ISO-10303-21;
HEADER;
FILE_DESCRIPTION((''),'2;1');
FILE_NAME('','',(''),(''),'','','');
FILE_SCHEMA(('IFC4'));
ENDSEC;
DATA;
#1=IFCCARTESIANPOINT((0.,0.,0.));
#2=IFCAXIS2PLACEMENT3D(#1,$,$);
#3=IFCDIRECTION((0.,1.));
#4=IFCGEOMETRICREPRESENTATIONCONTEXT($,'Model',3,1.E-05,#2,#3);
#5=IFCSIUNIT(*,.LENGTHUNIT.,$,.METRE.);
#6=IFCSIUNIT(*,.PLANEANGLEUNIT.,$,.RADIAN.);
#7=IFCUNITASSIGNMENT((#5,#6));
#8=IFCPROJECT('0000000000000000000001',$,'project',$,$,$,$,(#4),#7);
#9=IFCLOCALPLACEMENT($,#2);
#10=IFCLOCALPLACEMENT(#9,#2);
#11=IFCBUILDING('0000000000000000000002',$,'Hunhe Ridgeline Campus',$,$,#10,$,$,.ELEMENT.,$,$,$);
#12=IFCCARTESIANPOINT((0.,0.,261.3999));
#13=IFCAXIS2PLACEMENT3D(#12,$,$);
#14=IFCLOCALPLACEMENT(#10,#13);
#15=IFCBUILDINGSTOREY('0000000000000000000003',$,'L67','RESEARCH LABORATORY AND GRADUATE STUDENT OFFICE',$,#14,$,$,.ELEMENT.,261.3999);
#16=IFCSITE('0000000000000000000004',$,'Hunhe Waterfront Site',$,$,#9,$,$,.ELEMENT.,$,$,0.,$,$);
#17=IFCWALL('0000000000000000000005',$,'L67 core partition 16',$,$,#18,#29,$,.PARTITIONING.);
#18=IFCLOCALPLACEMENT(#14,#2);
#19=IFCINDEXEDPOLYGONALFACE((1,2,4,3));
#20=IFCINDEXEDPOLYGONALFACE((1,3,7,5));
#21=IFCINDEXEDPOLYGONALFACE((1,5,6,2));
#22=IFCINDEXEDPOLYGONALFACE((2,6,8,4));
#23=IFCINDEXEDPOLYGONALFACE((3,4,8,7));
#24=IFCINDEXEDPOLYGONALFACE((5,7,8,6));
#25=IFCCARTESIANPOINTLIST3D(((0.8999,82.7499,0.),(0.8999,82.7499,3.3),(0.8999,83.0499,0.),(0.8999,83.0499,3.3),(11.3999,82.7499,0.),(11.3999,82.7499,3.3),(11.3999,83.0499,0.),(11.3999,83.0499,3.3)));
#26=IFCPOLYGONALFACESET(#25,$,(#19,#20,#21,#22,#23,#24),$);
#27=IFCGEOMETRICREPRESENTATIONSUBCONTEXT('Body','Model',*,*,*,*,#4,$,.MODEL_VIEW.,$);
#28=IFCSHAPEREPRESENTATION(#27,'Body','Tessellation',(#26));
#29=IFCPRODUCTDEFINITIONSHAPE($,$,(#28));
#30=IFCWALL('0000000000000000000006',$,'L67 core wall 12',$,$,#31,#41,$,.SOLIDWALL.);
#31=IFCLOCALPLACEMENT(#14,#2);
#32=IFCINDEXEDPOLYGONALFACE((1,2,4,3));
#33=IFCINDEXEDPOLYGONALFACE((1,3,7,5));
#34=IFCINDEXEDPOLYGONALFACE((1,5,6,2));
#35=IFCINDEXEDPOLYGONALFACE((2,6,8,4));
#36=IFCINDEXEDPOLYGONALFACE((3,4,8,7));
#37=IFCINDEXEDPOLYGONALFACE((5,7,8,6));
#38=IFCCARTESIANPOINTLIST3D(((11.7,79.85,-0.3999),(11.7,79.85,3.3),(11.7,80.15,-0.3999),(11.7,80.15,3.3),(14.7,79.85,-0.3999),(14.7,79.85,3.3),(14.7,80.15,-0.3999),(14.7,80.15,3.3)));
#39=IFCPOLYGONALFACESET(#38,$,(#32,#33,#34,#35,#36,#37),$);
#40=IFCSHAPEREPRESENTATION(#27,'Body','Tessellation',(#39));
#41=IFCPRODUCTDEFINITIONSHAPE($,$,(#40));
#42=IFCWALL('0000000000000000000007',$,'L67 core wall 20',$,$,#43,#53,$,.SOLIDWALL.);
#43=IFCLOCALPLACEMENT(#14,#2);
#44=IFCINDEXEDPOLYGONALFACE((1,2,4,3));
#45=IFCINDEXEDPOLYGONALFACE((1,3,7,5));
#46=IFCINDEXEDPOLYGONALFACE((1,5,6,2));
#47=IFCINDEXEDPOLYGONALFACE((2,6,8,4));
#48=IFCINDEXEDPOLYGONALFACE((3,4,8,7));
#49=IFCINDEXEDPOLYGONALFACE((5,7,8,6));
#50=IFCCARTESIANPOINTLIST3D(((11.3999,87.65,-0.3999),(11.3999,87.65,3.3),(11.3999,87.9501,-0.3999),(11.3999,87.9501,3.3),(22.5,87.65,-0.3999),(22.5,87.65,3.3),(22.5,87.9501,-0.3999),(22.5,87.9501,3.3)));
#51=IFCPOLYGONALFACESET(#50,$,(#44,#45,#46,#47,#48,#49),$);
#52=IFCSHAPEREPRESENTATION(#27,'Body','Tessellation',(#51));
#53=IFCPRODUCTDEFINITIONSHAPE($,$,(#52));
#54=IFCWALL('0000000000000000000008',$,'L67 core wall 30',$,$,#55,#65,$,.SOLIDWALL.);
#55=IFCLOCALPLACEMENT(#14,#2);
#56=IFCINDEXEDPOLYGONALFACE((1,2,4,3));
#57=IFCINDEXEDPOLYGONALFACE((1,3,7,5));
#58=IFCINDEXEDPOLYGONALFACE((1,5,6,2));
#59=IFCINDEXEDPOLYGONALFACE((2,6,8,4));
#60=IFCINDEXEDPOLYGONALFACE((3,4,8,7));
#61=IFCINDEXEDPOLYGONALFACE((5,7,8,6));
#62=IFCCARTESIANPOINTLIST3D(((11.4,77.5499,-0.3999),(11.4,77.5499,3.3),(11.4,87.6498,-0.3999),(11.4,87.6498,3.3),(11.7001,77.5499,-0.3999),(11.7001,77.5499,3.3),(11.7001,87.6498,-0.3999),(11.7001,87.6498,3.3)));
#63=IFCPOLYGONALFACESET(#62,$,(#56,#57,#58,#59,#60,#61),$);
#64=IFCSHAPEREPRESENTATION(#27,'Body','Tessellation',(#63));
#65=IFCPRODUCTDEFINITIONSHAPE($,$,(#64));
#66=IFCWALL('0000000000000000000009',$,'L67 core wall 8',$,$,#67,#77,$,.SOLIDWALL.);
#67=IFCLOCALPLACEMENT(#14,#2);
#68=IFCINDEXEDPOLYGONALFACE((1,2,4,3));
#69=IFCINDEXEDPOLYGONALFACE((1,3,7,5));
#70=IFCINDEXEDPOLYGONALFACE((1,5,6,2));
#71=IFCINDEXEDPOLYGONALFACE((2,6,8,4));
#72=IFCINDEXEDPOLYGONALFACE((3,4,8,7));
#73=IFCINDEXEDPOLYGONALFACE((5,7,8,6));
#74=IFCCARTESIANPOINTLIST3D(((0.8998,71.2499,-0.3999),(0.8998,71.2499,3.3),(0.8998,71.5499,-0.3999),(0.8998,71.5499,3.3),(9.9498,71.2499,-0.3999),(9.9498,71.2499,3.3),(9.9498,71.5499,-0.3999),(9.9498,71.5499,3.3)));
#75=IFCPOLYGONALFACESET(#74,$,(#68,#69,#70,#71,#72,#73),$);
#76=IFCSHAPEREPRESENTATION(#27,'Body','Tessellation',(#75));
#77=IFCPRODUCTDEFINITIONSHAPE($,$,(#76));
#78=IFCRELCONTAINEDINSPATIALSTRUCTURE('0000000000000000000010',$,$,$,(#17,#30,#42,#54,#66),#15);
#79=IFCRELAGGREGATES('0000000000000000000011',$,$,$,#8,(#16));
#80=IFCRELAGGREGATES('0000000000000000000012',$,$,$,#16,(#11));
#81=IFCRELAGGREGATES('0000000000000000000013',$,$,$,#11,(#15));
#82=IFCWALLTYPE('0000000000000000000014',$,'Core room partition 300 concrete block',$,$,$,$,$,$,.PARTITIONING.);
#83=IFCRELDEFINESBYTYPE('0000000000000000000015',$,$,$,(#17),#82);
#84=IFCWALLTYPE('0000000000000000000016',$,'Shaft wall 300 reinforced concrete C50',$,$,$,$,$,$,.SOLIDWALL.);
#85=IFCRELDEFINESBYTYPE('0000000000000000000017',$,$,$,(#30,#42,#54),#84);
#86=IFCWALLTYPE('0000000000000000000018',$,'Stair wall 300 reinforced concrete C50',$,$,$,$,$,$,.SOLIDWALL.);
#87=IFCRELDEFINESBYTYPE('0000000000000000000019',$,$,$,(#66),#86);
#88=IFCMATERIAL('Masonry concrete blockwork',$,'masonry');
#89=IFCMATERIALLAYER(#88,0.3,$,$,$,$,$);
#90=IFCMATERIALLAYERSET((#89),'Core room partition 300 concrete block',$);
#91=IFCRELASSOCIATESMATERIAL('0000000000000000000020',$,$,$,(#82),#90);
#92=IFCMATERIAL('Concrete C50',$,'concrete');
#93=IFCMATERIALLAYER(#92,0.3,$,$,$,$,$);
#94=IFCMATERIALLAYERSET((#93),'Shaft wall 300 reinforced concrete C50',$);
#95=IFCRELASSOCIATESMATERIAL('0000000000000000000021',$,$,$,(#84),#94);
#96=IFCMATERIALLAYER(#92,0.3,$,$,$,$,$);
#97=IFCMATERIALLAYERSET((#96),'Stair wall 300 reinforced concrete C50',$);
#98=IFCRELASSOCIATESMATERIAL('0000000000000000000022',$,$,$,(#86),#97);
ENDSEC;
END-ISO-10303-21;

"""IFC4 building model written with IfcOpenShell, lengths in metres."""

from ifc_helpers import new_model, si_unit, direction, frame, frame_2d, origin, place, context, subcontext, project, spatial, rectangle, extrude, material, layer, layer_set, type_object, element, save


model = new_model("IFC4")

# Units and contexts
model_context = context("Model", 3, precision=1e-05, world=origin(), true_north=direction((0.0, 1.0)))
body_context = subcontext(model_context, "Body", "Model", "MODEL_VIEW")
ifc_project = project(units=[si_unit("LENGTHUNIT", "METRE"), si_unit("PLANEANGLEUNIT", "RADIAN")], contexts=[model_context])

# Site, building, storey
site_placement = place(None, origin())
site = spatial("IfcSite", under=ifc_project, at=site_placement, Name="Hunhe Waterfront Site", CompositionType="ELEMENT", RefElevation=0.0)
building_placement = place(site_placement, origin())
building = spatial("IfcBuilding", under=site, at=building_placement, Name="Hunhe Ridgeline Campus", CompositionType="ELEMENT")
storey_placement = place(building_placement, frame((0.0, 0.0, 261.3999)))
storey = spatial("IfcBuildingStorey", under=building, at=storey_placement, Name="L67", Description="RESEARCH LABORATORY AND GRADUATE STUDENT OFFICE", CompositionType="ELEMENT", Elevation=261.3999)

# Shared definitions
ifc_material_1 = material(Name="Masonry concrete blockwork", Category="masonry")
ifc_layer_1 = layer(ifc_material_1, 0.3)
ifc_layer_set_1 = layer_set([ifc_layer_1], Name="Core room partition 300 concrete block")
wall_type_1 = type_object("IfcWallType", Name="Core room partition 300 concrete block", PredefinedType="PARTITIONING", material=ifc_layer_set_1)

# Wall
wall_1_placement = place(storey_placement, frame((0.8999, 82.8999, 0.0), z_axis=(0.0, 0.0, 1.0), x_axis=(1.0, 0.0, 0.0)))
element("IfcWall", 1, at=wall_1_placement, inside=storey, type_object=wall_type_1, Name="L67 core partition 16", PredefinedType="PARTITIONING", context=body_context, shape_type="SweptSolid", body=[
    extrude(rectangle(XDim=10.5, YDim=0.3, at=frame_2d((5.25, 0.0))), origin(), (0.0, 0.0, 1.0), 3.3),
])

# Shared definitions
ifc_material_2 = material(Name="Concrete C50", Category="concrete")
ifc_layer_2 = layer(ifc_material_2, 0.3)
ifc_layer_set_2 = layer_set([ifc_layer_2], Name="Shaft wall 300 reinforced concrete C50")
wall_type_2 = type_object("IfcWallType", Name="Shaft wall 300 reinforced concrete C50", PredefinedType="SOLIDWALL", material=ifc_layer_set_2)

# Walls
wall_2_placement = place(storey_placement, frame((11.7, 80.0, -0.3999), z_axis=(0.0, 0.0, 1.0), x_axis=(1.0, 0.0, 0.0)))
element("IfcWall", 2, at=wall_2_placement, inside=storey, type_object=wall_type_2, Name="L67 core wall 12", PredefinedType="SOLIDWALL", context=body_context, shape_type="SweptSolid", body=[
    extrude(rectangle(XDim=3.0, YDim=0.3, at=frame_2d((1.5, 0.0))), origin(), (0.0, 0.0, 1.0), 3.7),
])
wall_3_placement = place(storey_placement, frame((11.3999, 87.8, -0.3999), z_axis=(0.0, 0.0, 1.0), x_axis=(1.0, 0.0, 0.0)))
element("IfcWall", 3, at=wall_3_placement, inside=storey, type_object=wall_type_2, Name="L67 core wall 20", PredefinedType="SOLIDWALL", context=body_context, shape_type="SweptSolid", body=[
    extrude(rectangle(XDim=11.1001, YDim=0.3, at=frame_2d((5.55, 0.0))), origin(), (0.0, 0.0, 1.0), 3.7),
])
wall_4_placement = place(storey_placement, frame((11.55, 77.55, -0.3999), z_axis=(0.0, 0.0, 1.0), x_axis=(0.0, 1.0, 0.0)))
element("IfcWall", 4, at=wall_4_placement, inside=storey, type_object=wall_type_2, Name="L67 core wall 30", PredefinedType="SOLIDWALL", context=body_context, shape_type="SweptSolid", body=[
    extrude(rectangle(XDim=10.0999, YDim=0.3, at=frame_2d((5.0498, 0.0))), origin(), (0.0, 0.0, 1.0), 3.7),
])
ifc_layer_3 = layer(ifc_material_2, 0.3)
ifc_layer_set_3 = layer_set([ifc_layer_3], Name="Stair wall 300 reinforced concrete C50")
wall_type_3 = type_object("IfcWallType", Name="Stair wall 300 reinforced concrete C50", PredefinedType="SOLIDWALL", material=ifc_layer_set_3)
wall_5_placement = place(storey_placement, frame((0.8999, 71.3999, -0.3999), z_axis=(0.0, 0.0, 1.0), x_axis=(1.0, 0.0, 0.0)))
element("IfcWall", 5, at=wall_5_placement, inside=storey, type_object=wall_type_3, Name="L67 core wall 8", PredefinedType="SOLIDWALL", context=body_context, shape_type="SweptSolid", body=[
    extrude(rectangle(XDim=9.05, YDim=0.3, at=frame_2d((4.5249, 0.0))), origin(), (0.0, 0.0, 1.0), 3.7),
])

save(model, "model.ifc")
